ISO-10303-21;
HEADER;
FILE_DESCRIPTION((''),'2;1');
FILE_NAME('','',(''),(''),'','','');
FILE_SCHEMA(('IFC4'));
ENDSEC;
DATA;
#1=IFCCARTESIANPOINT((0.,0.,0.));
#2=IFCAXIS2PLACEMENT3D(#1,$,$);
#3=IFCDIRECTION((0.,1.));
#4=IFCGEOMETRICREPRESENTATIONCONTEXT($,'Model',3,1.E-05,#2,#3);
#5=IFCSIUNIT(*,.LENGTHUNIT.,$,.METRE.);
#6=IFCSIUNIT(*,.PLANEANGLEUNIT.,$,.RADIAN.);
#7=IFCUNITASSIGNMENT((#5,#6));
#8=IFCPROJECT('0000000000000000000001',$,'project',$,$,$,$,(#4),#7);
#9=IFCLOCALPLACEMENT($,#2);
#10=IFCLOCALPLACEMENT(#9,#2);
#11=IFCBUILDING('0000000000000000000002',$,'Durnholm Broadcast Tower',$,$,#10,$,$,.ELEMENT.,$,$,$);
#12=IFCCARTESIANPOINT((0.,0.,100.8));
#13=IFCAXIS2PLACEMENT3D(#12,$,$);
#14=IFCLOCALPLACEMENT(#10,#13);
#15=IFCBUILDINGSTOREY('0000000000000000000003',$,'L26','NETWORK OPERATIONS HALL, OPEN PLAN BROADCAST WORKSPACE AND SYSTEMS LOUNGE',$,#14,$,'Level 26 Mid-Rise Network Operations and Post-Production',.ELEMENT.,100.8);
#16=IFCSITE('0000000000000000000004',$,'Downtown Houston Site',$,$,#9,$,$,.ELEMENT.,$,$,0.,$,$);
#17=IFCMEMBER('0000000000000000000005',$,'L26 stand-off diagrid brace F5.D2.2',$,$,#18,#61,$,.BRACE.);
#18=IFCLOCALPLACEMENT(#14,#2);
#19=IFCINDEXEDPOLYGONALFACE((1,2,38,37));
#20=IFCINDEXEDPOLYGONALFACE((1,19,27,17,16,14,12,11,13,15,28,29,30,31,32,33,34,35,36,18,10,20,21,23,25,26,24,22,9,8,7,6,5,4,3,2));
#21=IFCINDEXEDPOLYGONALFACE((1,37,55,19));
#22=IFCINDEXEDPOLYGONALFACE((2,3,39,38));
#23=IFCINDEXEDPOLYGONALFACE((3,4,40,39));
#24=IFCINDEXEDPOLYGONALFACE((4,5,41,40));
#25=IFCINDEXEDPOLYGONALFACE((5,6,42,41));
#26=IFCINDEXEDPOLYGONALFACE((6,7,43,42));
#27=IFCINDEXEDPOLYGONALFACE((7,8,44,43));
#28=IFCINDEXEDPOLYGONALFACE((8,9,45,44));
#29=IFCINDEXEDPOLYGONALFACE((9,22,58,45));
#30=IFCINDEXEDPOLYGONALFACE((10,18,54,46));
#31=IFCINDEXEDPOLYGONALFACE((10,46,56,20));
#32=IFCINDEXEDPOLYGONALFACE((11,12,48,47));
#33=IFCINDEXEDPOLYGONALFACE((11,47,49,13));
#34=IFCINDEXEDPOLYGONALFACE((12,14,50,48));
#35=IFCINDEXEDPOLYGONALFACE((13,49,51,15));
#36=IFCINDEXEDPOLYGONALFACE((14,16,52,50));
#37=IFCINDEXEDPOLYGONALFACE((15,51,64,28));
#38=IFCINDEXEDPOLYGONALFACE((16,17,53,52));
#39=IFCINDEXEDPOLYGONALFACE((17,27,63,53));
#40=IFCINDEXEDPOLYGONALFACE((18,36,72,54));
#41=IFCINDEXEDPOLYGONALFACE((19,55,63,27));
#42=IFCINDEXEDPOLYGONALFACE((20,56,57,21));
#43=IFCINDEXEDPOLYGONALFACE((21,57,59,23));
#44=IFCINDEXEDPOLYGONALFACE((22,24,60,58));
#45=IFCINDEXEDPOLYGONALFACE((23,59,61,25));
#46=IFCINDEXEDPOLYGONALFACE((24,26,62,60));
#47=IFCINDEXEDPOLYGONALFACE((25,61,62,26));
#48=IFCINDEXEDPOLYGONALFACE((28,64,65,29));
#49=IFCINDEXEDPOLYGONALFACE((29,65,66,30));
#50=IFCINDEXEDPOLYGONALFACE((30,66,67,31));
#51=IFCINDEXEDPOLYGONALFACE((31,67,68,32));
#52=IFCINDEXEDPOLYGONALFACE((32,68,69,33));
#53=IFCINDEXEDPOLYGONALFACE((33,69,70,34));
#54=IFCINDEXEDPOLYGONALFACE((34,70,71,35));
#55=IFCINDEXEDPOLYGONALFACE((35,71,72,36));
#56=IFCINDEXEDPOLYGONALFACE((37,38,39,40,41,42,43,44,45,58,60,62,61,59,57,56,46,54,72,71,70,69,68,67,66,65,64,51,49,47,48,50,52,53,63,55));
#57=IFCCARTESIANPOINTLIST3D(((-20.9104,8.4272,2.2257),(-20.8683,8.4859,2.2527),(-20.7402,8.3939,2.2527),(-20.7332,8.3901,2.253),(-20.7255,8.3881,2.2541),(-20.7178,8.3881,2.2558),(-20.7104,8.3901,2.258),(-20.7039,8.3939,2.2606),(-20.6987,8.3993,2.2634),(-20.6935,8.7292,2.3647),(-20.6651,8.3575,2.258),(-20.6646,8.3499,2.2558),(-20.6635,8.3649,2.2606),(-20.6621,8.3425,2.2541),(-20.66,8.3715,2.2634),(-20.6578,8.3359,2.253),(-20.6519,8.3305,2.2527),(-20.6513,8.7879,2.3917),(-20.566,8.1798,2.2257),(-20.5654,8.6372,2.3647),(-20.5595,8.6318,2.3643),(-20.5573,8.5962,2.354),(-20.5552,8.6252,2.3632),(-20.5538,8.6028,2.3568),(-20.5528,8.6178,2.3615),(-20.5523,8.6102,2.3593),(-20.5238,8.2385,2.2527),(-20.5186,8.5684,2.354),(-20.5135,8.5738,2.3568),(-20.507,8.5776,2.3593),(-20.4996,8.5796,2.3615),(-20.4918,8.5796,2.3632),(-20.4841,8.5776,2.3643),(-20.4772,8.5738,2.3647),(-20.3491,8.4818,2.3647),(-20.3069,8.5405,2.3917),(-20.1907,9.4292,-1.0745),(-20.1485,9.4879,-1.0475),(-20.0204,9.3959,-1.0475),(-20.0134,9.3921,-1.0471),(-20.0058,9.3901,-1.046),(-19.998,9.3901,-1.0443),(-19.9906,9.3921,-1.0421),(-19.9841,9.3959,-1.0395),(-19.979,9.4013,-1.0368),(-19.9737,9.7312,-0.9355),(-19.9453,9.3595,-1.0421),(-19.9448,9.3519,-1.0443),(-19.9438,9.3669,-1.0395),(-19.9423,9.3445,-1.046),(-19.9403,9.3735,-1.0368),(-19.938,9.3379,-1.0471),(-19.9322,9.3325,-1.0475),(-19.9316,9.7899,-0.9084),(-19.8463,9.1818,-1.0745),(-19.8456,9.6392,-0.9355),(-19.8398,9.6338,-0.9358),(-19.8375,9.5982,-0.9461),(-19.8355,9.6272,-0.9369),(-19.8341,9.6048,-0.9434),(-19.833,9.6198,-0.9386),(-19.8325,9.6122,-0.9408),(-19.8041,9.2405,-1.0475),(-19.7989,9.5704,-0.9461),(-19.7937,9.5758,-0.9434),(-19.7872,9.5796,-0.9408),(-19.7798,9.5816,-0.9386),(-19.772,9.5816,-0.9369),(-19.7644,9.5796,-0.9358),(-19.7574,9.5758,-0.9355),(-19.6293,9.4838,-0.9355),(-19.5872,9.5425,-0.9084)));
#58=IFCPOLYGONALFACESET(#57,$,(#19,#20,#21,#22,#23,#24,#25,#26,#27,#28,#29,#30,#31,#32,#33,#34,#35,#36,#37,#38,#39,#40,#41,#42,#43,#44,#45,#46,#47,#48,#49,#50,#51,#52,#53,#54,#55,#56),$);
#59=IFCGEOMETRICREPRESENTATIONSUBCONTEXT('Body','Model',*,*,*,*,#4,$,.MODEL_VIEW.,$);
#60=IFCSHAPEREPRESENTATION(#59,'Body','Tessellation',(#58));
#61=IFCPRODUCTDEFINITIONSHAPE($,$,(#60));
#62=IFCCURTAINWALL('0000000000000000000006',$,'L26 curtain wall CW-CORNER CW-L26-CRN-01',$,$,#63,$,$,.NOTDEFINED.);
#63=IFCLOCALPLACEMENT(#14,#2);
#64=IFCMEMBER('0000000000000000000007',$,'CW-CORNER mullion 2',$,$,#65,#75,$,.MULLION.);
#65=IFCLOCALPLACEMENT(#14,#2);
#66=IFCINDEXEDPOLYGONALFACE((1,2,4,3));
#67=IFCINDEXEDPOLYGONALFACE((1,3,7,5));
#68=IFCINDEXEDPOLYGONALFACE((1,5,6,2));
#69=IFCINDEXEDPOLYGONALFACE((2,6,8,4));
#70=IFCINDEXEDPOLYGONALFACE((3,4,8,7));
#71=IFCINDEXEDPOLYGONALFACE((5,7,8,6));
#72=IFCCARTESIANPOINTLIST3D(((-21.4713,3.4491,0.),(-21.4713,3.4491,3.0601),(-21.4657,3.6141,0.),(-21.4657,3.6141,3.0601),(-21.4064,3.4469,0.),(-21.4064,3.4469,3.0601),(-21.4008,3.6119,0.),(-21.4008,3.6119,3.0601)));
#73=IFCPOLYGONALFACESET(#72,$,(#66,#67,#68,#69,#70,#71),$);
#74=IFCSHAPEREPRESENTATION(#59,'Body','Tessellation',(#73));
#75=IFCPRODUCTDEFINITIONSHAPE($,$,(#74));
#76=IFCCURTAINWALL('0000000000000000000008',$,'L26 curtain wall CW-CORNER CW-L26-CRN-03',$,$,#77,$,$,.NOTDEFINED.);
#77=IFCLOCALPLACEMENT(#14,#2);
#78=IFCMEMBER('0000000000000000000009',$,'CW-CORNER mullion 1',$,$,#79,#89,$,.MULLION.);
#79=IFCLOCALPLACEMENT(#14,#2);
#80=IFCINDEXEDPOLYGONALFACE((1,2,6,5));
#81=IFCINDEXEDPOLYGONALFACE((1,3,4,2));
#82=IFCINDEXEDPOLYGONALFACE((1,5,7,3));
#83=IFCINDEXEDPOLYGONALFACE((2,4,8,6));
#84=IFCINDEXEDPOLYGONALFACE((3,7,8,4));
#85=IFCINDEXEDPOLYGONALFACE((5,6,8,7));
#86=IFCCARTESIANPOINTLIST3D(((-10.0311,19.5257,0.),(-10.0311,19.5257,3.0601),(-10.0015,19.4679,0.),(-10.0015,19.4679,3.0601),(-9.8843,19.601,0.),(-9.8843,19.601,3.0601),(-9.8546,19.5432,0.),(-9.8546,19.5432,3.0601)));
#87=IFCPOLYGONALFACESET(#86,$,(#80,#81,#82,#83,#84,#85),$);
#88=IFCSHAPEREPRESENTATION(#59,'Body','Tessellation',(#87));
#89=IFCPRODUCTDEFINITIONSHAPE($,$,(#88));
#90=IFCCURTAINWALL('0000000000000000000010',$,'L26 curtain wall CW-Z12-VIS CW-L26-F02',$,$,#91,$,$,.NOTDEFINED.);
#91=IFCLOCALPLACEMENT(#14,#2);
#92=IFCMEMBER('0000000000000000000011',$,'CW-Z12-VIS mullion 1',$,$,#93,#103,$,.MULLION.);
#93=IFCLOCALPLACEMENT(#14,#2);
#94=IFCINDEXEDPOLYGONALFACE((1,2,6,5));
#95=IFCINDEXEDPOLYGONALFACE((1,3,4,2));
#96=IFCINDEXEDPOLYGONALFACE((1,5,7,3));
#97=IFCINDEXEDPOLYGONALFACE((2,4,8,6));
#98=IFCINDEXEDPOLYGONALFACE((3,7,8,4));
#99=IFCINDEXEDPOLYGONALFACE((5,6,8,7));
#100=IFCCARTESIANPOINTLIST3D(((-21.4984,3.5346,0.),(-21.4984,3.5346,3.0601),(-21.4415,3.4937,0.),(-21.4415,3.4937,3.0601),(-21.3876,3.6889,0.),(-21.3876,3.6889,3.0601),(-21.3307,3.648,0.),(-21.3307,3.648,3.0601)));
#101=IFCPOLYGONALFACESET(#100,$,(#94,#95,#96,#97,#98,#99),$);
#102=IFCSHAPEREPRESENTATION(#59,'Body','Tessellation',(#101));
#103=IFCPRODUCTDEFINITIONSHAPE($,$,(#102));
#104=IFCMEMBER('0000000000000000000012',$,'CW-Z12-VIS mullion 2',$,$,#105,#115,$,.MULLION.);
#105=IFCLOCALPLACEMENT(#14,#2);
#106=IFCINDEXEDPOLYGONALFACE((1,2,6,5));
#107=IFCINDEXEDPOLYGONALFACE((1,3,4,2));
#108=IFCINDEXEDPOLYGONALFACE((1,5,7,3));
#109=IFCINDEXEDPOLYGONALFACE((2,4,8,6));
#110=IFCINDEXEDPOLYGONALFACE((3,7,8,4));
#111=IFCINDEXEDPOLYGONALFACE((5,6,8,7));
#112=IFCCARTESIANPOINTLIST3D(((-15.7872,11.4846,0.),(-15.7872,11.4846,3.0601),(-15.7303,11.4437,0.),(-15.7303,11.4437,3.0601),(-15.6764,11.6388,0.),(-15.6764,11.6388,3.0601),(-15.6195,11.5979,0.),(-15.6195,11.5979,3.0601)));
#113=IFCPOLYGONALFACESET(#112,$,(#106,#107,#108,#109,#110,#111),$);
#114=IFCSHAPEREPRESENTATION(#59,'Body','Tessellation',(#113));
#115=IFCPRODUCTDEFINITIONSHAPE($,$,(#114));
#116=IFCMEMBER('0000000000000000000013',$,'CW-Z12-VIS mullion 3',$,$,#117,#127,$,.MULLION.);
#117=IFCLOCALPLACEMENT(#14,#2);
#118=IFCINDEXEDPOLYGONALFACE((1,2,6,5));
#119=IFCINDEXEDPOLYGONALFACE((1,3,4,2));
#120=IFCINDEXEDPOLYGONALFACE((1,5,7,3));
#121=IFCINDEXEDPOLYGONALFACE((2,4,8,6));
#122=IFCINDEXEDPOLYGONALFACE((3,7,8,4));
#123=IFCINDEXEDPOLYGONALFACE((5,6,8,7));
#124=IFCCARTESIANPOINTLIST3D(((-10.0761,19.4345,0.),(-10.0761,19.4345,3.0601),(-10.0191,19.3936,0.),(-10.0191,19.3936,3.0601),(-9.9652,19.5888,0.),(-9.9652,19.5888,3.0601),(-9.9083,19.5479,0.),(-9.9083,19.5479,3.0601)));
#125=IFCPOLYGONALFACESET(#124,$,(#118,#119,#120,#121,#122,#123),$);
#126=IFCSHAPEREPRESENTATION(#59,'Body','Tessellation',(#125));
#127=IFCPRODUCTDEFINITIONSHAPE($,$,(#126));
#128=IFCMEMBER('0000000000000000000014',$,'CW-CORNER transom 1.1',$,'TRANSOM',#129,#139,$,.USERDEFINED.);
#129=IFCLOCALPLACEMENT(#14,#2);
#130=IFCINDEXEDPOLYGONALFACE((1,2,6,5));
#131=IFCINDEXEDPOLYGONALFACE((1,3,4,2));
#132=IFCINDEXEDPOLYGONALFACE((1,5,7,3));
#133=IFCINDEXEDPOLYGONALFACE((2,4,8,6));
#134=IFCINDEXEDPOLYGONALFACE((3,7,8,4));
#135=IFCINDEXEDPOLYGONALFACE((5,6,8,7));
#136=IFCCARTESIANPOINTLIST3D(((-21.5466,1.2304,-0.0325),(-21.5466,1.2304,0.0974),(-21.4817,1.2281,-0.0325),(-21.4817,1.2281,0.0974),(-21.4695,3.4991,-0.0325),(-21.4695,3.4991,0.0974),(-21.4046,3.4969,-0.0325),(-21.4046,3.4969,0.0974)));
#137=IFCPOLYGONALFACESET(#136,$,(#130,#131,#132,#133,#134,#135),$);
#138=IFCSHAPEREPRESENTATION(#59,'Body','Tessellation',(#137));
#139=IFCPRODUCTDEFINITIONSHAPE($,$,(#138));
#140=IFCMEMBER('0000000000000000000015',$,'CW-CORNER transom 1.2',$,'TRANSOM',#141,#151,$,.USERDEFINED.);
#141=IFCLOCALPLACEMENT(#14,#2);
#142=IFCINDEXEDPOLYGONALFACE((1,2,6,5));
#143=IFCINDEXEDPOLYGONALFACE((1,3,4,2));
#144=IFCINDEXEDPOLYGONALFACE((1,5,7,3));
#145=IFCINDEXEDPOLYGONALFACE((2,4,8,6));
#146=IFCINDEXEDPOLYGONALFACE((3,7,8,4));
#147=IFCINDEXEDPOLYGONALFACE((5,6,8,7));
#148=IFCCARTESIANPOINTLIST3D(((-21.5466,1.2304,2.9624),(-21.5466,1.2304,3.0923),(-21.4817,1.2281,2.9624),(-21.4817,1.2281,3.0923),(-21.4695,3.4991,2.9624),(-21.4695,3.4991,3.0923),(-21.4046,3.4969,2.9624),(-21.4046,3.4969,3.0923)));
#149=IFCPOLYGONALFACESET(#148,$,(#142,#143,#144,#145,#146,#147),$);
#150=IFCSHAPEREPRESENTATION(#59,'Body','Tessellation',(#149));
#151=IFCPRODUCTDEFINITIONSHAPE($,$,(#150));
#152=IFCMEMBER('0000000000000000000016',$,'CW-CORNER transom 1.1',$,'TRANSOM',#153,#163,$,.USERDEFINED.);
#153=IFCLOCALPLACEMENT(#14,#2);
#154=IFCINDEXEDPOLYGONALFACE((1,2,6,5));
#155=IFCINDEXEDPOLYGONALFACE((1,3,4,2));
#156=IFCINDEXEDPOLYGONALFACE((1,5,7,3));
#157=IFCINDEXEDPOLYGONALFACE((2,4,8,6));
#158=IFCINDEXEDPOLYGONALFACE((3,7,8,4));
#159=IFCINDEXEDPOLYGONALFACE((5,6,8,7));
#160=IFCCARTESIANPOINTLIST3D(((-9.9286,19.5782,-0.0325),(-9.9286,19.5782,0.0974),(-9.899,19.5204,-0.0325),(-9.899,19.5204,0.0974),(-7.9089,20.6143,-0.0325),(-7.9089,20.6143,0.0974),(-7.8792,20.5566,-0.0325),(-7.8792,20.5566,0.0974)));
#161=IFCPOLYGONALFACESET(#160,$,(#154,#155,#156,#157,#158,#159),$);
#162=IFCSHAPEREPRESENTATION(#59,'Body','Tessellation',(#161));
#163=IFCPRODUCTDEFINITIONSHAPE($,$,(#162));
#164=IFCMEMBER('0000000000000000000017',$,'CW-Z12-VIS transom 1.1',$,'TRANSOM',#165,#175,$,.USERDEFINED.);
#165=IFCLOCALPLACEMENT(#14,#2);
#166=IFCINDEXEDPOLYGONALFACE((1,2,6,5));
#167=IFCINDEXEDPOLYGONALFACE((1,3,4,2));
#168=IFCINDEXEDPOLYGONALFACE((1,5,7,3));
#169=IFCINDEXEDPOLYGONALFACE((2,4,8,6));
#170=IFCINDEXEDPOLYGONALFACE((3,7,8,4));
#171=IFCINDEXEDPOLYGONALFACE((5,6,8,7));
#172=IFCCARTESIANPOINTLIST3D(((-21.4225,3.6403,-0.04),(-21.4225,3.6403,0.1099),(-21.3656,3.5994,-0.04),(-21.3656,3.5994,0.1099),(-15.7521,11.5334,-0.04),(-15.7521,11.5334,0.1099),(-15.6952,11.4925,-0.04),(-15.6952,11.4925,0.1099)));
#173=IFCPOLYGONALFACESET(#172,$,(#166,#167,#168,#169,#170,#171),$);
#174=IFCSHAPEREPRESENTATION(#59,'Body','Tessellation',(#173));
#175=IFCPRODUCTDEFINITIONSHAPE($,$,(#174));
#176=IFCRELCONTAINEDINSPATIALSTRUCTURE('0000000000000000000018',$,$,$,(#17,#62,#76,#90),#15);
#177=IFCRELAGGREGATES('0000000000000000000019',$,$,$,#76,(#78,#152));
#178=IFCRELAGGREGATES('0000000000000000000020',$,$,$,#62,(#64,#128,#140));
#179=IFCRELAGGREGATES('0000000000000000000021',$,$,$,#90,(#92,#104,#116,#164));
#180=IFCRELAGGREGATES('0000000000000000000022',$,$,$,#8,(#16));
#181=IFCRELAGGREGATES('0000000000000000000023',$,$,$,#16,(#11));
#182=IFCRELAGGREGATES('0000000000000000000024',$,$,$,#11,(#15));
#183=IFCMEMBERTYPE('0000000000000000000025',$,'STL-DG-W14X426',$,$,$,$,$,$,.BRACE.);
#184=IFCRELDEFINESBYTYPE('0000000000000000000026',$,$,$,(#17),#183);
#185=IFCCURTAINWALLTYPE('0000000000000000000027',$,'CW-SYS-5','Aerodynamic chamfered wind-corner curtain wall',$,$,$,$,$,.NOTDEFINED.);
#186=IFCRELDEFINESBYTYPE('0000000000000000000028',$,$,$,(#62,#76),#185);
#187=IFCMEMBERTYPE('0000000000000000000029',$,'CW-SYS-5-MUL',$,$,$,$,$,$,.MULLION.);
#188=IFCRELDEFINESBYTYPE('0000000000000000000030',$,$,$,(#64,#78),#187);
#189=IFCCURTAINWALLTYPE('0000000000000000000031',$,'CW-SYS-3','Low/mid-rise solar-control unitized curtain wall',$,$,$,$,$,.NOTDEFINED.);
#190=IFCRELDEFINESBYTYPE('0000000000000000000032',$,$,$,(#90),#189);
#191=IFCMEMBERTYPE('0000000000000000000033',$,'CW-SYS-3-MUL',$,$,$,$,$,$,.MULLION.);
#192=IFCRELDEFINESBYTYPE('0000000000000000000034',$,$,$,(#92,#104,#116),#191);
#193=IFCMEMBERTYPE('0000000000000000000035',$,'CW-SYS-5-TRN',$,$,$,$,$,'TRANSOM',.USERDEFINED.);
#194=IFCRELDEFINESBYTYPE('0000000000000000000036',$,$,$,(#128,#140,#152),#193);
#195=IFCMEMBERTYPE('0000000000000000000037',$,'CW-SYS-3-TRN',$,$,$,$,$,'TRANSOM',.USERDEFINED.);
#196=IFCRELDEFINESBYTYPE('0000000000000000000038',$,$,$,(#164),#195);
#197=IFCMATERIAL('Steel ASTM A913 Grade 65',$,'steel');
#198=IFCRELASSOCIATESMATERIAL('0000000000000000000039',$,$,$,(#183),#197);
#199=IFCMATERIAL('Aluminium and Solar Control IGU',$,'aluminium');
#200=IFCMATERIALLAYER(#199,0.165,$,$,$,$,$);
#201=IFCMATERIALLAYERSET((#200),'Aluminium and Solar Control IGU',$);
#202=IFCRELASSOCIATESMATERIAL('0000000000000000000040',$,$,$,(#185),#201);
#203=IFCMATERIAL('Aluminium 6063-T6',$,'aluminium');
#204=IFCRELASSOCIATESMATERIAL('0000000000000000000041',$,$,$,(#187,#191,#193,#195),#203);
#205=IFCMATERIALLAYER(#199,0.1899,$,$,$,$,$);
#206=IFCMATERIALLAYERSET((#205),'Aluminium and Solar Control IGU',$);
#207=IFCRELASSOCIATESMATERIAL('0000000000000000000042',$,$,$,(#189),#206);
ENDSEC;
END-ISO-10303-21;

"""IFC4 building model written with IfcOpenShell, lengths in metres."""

from ifc_helpers import new_model, si_unit, direction, frame, origin, origin_2d, place, context, subcontext, project, spatial, rectangle, i_section, extrude, source, transform, mapped, material, layer, layer_set, material_profile, profile_set, type_object, type_shapes, element, aggregate, save


model = new_model("IFC4")

# Units and contexts
model_context = context("Model", 3, precision=1e-05, world=origin(), true_north=direction((0.0, 1.0)))
body_context = subcontext(model_context, "Body", "Model", "MODEL_VIEW")
ifc_project = project(units=[si_unit("LENGTHUNIT", "METRE"), si_unit("PLANEANGLEUNIT", "RADIAN")], contexts=[model_context])

# Site, building, storey
site_placement = place(None, origin())
site = spatial("IfcSite", under=ifc_project, at=site_placement, Name="Downtown Houston Site", CompositionType="ELEMENT", RefElevation=0.0)
building_placement = place(site_placement, origin())
building = spatial("IfcBuilding", under=site, at=building_placement, Name="Durnholm Broadcast Tower", CompositionType="ELEMENT")
storey_placement = place(building_placement, frame((0.0, 0.0, 100.8)))
storey = spatial("IfcBuildingStorey", under=building, at=storey_placement, Name="L26", Description="NETWORK OPERATIONS HALL, OPEN PLAN BROADCAST WORKSPACE AND SYSTEMS LOUNGE", LongName="Level 26 Mid-Rise Network Operations and Post-Production", CompositionType="ELEMENT", Elevation=100.8)

# Member
ifc_material_1 = material(Name="Steel ASTM A913 Grade 65", Category="steel")
ifc_material_profile_1 = material_profile(ifc_material_1, i_section(OverallWidth=0.4241, OverallDepth=0.4741, WebThickness=0.0476, FlangeThickness=0.0771, FilletRadius=0.0305, at=origin_2d()), Name="W14X426")
ifc_profile_set_1 = profile_set([ifc_material_profile_1], Name="Steel ASTM A913 Grade 65")
member_type_1 = type_object("IfcMemberType", Name="STL-DG-W14X426", PredefinedType="BRACE", material=ifc_profile_set_1)
shared_shape_1 = source(origin(), body_context, "Body", "SweptSolid", [
    extrude(i_section(OverallWidth=0.4241, OverallDepth=0.4741, WebThickness=0.0476, FlangeThickness=0.0771, FilletRadius=0.0305, at=origin_2d()), origin(), (0.0, 0.0, 1.0), 3.5232),
])
type_shapes(member_type_1, [shared_shape_1])
for number, where, z_axis, x_axis, name in (
    (1, (-19.8889, 9.4858, -0.9915), (-0.204288, -0.284395, 0.936689), (0.812179, -0.583408, 0.0), "L26 stand-off diagrid brace F5.D2.2"),
):
    element("IfcMember", number, at=place(storey_placement, frame(where, z_axis=z_axis, x_axis=x_axis)), inside=storey, type_object=member_type_1, Name=name, PredefinedType="BRACE", context=body_context, shape_type="MappedRepresentation", body=[
        mapped(shared_shape_1, transform((0.0, 0.0, 0.0), x_axis=(1.0, 0.0, 0.0), y_axis=(0.0, 1.0, 0.0), z_axis=(0.0, 0.0, 1.0), scale=1.0)),
    ])

# Curtain walls, members
ifc_material_2 = material(Name="Aluminium and Solar Control IGU", Category="aluminium")
ifc_layer_1 = layer(ifc_material_2, 0.165)
ifc_layer_set_1 = layer_set([ifc_layer_1], Name="Aluminium and Solar Control IGU")
curtain_wall_type_1 = type_object("IfcCurtainWallType", Name="CW-SYS-5", Description="Aerodynamic chamfered wind-corner curtain wall", PredefinedType="NOTDEFINED", material=ifc_layer_set_1)
curtain_wall_1_placement = place(storey_placement, origin())
curtain_wall_1 = element("IfcCurtainWall", 2, at=curtain_wall_1_placement, inside=storey, type_object=curtain_wall_type_1, Name="L26 curtain wall CW-CORNER CW-L26-CRN-01", PredefinedType="NOTDEFINED")
ifc_material_3 = material(Name="Aluminium 6063-T6", Category="aluminium")
ifc_material_profile_2 = material_profile(ifc_material_3, rectangle(XDim=0.0649, YDim=0.165, at=origin_2d()), Name="CWM65X165")
ifc_profile_set_2 = profile_set([ifc_material_profile_2], Name="Aluminium 6063-T6")
member_type_2 = type_object("IfcMemberType", Name="CW-SYS-5-MUL", PredefinedType="MULLION", material=ifc_profile_set_2)
shared_shape_2 = source(origin(), body_context, "Body", "SweptSolid", [
    extrude(rectangle(XDim=0.0649, YDim=0.165, at=origin_2d()), origin(), (0.0, 0.0, 1.0), 3.0601),
])
type_shapes(member_type_2, [shared_shape_2])
member_1_placement = place(storey_placement, frame((-21.436, 3.5305, 0.0), z_axis=(0.0, 0.0, 1.0), x_axis=(-0.999425, 0.033917, 0.0)))
member_1 = element("IfcMember", 3, at=member_1_placement, type_object=member_type_2, Name="CW-CORNER mullion 2", PredefinedType="MULLION", context=body_context, shape_type="MappedRepresentation", body=[
    mapped(shared_shape_2, transform((0.0, 0.0, 0.0), x_axis=(1.0, 0.0, 0.0), y_axis=(0.0, 1.0, 0.0), z_axis=(0.0, 0.0, 1.0), scale=1.0)),
])
curtain_wall_2_placement = place(storey_placement, origin())
curtain_wall_2 = element("IfcCurtainWall", 4, at=curtain_wall_2_placement, inside=storey, type_object=curtain_wall_type_1, Name="L26 curtain wall CW-CORNER CW-L26-CRN-03", PredefinedType="NOTDEFINED")
member_2_placement = place(storey_placement, frame((-9.9429, 19.5344, 0.0), z_axis=(0.0, 0.0, 1.0), x_axis=(-0.456373, 0.889788, 0.0)))
member_2 = element("IfcMember", 5, at=member_2_placement, type_object=member_type_2, Name="CW-CORNER mullion 1", PredefinedType="MULLION", context=body_context, shape_type="MappedRepresentation", body=[
    mapped(shared_shape_2, transform((0.0, 0.0, 0.0), x_axis=(1.0, 0.0, 0.0), y_axis=(0.0, 1.0, 0.0), z_axis=(0.0, 0.0, 1.0), scale=1.0)),
])

# Curtain wall, members
ifc_layer_2 = layer(ifc_material_2, 0.1899)
ifc_layer_set_2 = layer_set([ifc_layer_2], Name="Aluminium and Solar Control IGU")
curtain_wall_type_2 = type_object("IfcCurtainWallType", Name="CW-SYS-3", Description="Low/mid-rise solar-control unitized curtain wall", PredefinedType="NOTDEFINED", material=ifc_layer_set_2)
curtain_wall_3_placement = place(storey_placement, origin())
curtain_wall_3 = element("IfcCurtainWall", 6, at=curtain_wall_3_placement, inside=storey, type_object=curtain_wall_type_2, Name="L26 curtain wall CW-Z12-VIS CW-L26-F02", PredefinedType="NOTDEFINED")
ifc_material_profile_3 = material_profile(ifc_material_3, rectangle(XDim=0.0701, YDim=0.1899, at=origin_2d()), Name="CWM70X190")
ifc_profile_set_3 = profile_set([ifc_material_profile_3], Name="Aluminium 6063-T6")
member_type_3 = type_object("IfcMemberType", Name="CW-SYS-3-MUL", PredefinedType="MULLION", material=ifc_profile_set_3)
shared_shape_3 = source(origin(), body_context, "Body", "SweptSolid", [
    extrude(rectangle(XDim=0.0701, YDim=0.1899, at=origin_2d()), origin(), (0.0, 0.0, 1.0), 3.0601),
])
type_shapes(member_type_3, [shared_shape_3])
member_3_placement = place(storey_placement, frame((-21.4146, 3.5913, 0.0), z_axis=(0.0, 0.0, 1.0), x_axis=(-0.812152, 0.583445, 0.0)))
member_3 = element("IfcMember", 7, at=member_3_placement, type_object=member_type_3, Name="CW-Z12-VIS mullion 1", PredefinedType="MULLION", context=body_context, shape_type="MappedRepresentation", body=[
    mapped(shared_shape_3, transform((0.0, 0.0, 0.0), x_axis=(1.0, 0.0, 0.0), y_axis=(0.0, 1.0, 0.0), z_axis=(0.0, 0.0, 1.0), scale=1.0)),
])
member_4_placement = place(storey_placement, frame((-15.7034, 11.5413, 0.0), z_axis=(0.0, 0.0, 1.0), x_axis=(-0.812152, 0.583445, 0.0)))
member_4 = element("IfcMember", 8, at=member_4_placement, type_object=member_type_3, Name="CW-Z12-VIS mullion 2", PredefinedType="MULLION", context=body_context, shape_type="MappedRepresentation", body=[
    mapped(shared_shape_3, transform((0.0, 0.0, 0.0), x_axis=(1.0, 0.0, 0.0), y_axis=(0.0, 1.0, 0.0), z_axis=(0.0, 0.0, 1.0), scale=1.0)),
])
member_5_placement = place(storey_placement, frame((-9.9922, 19.4912, 0.0), z_axis=(0.0, 0.0, 1.0), x_axis=(-0.812152, 0.583445, 0.0)))
member_5 = element("IfcMember", 9, at=member_5_placement, type_object=member_type_3, Name="CW-Z12-VIS mullion 3", PredefinedType="MULLION", context=body_context, shape_type="MappedRepresentation", body=[
    mapped(shared_shape_3, transform((0.0, 0.0, 0.0), x_axis=(1.0, 0.0, 0.0), y_axis=(0.0, 1.0, 0.0), z_axis=(0.0, 0.0, 1.0), scale=1.0)),
])

# Members
ifc_material_profile_4 = material_profile(ifc_material_3, rectangle(XDim=0.0649, YDim=0.1299, at=origin_2d()), Name="CWT65X130")
ifc_profile_set_4 = profile_set([ifc_material_profile_4], Name="Aluminium 6063-T6")
member_type_4 = type_object("IfcMemberType", Name="CW-SYS-5-TRN", ElementType="TRANSOM", PredefinedType="USERDEFINED", material=ifc_profile_set_4)
shared_shape_4 = source(origin(), body_context, "Body", "SweptSolid", [
    extrude(rectangle(XDim=0.0649, YDim=0.1299, at=origin_2d()), origin(), (0.0, 0.0, 1.0), 2.27),
])
type_shapes(member_type_4, [shared_shape_4])
member_6_placement = place(storey_placement, frame((-21.5142, 1.2292, 0.0325), z_axis=(0.033984, 0.999422, 0.0), x_axis=(-0.999422, 0.033984, 0.0)))
member_6 = element("IfcMember", 10, at=member_6_placement, type_object=member_type_4, Name="CW-CORNER transom 1.1", ObjectType="TRANSOM", PredefinedType="USERDEFINED", context=body_context, shape_type="MappedRepresentation", body=[
    mapped(shared_shape_4, transform((0.0, 0.0, 0.0), x_axis=(1.0, 0.0, 0.0), y_axis=(0.0, 1.0, 0.0), z_axis=(0.0, 0.0, 1.0), scale=1.0)),
])
member_7_placement = place(storey_placement, frame((-21.5142, 1.2292, 3.0273), z_axis=(0.033984, 0.999422, 0.0), x_axis=(-0.999422, 0.033984, 0.0)))
member_7 = element("IfcMember", 11, at=member_7_placement, type_object=member_type_4, Name="CW-CORNER transom 1.2", ObjectType="TRANSOM", PredefinedType="USERDEFINED", context=body_context, shape_type="MappedRepresentation", body=[
    mapped(shared_shape_4, transform((0.0, 0.0, 0.0), x_axis=(1.0, 0.0, 0.0), y_axis=(0.0, 1.0, 0.0), z_axis=(0.0, 0.0, 1.0), scale=1.0)),
])
member_8_placement = place(storey_placement, frame((-9.9138, 19.5493, 0.0325), z_axis=(0.889755, 0.456439, 0.0), x_axis=(-0.456439, 0.889755, 0.0)))
member_8 = element("IfcMember", 12, at=member_8_placement, type_object=member_type_4, Name="CW-CORNER transom 1.1", ObjectType="TRANSOM", PredefinedType="USERDEFINED", context=body_context, shape_type="MappedRepresentation", body=[
    mapped(shared_shape_4, transform((0.0, 0.0, 0.0), x_axis=(1.0, 0.0, 0.0), y_axis=(0.0, 1.0, 0.0), z_axis=(0.0, 0.0, 1.0), scale=1.0)),
])
aggregate(curtain_wall_2, [member_2, member_8])
ifc_material_profile_5 = material_profile(ifc_material_3, rectangle(XDim=0.0701, YDim=0.1499, at=origin_2d()), Name="CWT70X150")
ifc_profile_set_5 = profile_set([ifc_material_profile_5], Name="Aluminium 6063-T6")
member_type_5 = type_object("IfcMemberType", Name="CW-SYS-3-TRN", ElementType="TRANSOM", PredefinedType="USERDEFINED", material=ifc_profile_set_5)
shared_shape_5 = source(origin(), body_context, "Body", "SweptSolid", [
    extrude(rectangle(XDim=0.0701, YDim=0.1499, at=origin_2d()), origin(), (0.0, 0.0, 1.0), 9.7188),
])
type_shapes(member_type_5, [shared_shape_5])
member_9_placement = place(storey_placement, frame((-21.394, 3.6199, 0.0349), z_axis=(0.583451, 0.812149, 0.0), x_axis=(-0.812149, 0.583451, 0.0)))
member_9 = element("IfcMember", 13, at=member_9_placement, type_object=member_type_5, Name="CW-Z12-VIS transom 1.1", ObjectType="TRANSOM", PredefinedType="USERDEFINED", context=body_context, shape_type="MappedRepresentation", body=[
    mapped(shared_shape_5, transform((0.0, 0.0, 0.0), x_axis=(1.0, 0.0, 0.0), y_axis=(0.0, 1.0, 0.0), z_axis=(0.0, 0.0, 1.0), scale=1.0)),
])

aggregate(curtain_wall_1, [member_1, member_6, member_7])
aggregate(curtain_wall_3, [member_3, member_4, member_5, member_9])

save(model, "model.ifc")
